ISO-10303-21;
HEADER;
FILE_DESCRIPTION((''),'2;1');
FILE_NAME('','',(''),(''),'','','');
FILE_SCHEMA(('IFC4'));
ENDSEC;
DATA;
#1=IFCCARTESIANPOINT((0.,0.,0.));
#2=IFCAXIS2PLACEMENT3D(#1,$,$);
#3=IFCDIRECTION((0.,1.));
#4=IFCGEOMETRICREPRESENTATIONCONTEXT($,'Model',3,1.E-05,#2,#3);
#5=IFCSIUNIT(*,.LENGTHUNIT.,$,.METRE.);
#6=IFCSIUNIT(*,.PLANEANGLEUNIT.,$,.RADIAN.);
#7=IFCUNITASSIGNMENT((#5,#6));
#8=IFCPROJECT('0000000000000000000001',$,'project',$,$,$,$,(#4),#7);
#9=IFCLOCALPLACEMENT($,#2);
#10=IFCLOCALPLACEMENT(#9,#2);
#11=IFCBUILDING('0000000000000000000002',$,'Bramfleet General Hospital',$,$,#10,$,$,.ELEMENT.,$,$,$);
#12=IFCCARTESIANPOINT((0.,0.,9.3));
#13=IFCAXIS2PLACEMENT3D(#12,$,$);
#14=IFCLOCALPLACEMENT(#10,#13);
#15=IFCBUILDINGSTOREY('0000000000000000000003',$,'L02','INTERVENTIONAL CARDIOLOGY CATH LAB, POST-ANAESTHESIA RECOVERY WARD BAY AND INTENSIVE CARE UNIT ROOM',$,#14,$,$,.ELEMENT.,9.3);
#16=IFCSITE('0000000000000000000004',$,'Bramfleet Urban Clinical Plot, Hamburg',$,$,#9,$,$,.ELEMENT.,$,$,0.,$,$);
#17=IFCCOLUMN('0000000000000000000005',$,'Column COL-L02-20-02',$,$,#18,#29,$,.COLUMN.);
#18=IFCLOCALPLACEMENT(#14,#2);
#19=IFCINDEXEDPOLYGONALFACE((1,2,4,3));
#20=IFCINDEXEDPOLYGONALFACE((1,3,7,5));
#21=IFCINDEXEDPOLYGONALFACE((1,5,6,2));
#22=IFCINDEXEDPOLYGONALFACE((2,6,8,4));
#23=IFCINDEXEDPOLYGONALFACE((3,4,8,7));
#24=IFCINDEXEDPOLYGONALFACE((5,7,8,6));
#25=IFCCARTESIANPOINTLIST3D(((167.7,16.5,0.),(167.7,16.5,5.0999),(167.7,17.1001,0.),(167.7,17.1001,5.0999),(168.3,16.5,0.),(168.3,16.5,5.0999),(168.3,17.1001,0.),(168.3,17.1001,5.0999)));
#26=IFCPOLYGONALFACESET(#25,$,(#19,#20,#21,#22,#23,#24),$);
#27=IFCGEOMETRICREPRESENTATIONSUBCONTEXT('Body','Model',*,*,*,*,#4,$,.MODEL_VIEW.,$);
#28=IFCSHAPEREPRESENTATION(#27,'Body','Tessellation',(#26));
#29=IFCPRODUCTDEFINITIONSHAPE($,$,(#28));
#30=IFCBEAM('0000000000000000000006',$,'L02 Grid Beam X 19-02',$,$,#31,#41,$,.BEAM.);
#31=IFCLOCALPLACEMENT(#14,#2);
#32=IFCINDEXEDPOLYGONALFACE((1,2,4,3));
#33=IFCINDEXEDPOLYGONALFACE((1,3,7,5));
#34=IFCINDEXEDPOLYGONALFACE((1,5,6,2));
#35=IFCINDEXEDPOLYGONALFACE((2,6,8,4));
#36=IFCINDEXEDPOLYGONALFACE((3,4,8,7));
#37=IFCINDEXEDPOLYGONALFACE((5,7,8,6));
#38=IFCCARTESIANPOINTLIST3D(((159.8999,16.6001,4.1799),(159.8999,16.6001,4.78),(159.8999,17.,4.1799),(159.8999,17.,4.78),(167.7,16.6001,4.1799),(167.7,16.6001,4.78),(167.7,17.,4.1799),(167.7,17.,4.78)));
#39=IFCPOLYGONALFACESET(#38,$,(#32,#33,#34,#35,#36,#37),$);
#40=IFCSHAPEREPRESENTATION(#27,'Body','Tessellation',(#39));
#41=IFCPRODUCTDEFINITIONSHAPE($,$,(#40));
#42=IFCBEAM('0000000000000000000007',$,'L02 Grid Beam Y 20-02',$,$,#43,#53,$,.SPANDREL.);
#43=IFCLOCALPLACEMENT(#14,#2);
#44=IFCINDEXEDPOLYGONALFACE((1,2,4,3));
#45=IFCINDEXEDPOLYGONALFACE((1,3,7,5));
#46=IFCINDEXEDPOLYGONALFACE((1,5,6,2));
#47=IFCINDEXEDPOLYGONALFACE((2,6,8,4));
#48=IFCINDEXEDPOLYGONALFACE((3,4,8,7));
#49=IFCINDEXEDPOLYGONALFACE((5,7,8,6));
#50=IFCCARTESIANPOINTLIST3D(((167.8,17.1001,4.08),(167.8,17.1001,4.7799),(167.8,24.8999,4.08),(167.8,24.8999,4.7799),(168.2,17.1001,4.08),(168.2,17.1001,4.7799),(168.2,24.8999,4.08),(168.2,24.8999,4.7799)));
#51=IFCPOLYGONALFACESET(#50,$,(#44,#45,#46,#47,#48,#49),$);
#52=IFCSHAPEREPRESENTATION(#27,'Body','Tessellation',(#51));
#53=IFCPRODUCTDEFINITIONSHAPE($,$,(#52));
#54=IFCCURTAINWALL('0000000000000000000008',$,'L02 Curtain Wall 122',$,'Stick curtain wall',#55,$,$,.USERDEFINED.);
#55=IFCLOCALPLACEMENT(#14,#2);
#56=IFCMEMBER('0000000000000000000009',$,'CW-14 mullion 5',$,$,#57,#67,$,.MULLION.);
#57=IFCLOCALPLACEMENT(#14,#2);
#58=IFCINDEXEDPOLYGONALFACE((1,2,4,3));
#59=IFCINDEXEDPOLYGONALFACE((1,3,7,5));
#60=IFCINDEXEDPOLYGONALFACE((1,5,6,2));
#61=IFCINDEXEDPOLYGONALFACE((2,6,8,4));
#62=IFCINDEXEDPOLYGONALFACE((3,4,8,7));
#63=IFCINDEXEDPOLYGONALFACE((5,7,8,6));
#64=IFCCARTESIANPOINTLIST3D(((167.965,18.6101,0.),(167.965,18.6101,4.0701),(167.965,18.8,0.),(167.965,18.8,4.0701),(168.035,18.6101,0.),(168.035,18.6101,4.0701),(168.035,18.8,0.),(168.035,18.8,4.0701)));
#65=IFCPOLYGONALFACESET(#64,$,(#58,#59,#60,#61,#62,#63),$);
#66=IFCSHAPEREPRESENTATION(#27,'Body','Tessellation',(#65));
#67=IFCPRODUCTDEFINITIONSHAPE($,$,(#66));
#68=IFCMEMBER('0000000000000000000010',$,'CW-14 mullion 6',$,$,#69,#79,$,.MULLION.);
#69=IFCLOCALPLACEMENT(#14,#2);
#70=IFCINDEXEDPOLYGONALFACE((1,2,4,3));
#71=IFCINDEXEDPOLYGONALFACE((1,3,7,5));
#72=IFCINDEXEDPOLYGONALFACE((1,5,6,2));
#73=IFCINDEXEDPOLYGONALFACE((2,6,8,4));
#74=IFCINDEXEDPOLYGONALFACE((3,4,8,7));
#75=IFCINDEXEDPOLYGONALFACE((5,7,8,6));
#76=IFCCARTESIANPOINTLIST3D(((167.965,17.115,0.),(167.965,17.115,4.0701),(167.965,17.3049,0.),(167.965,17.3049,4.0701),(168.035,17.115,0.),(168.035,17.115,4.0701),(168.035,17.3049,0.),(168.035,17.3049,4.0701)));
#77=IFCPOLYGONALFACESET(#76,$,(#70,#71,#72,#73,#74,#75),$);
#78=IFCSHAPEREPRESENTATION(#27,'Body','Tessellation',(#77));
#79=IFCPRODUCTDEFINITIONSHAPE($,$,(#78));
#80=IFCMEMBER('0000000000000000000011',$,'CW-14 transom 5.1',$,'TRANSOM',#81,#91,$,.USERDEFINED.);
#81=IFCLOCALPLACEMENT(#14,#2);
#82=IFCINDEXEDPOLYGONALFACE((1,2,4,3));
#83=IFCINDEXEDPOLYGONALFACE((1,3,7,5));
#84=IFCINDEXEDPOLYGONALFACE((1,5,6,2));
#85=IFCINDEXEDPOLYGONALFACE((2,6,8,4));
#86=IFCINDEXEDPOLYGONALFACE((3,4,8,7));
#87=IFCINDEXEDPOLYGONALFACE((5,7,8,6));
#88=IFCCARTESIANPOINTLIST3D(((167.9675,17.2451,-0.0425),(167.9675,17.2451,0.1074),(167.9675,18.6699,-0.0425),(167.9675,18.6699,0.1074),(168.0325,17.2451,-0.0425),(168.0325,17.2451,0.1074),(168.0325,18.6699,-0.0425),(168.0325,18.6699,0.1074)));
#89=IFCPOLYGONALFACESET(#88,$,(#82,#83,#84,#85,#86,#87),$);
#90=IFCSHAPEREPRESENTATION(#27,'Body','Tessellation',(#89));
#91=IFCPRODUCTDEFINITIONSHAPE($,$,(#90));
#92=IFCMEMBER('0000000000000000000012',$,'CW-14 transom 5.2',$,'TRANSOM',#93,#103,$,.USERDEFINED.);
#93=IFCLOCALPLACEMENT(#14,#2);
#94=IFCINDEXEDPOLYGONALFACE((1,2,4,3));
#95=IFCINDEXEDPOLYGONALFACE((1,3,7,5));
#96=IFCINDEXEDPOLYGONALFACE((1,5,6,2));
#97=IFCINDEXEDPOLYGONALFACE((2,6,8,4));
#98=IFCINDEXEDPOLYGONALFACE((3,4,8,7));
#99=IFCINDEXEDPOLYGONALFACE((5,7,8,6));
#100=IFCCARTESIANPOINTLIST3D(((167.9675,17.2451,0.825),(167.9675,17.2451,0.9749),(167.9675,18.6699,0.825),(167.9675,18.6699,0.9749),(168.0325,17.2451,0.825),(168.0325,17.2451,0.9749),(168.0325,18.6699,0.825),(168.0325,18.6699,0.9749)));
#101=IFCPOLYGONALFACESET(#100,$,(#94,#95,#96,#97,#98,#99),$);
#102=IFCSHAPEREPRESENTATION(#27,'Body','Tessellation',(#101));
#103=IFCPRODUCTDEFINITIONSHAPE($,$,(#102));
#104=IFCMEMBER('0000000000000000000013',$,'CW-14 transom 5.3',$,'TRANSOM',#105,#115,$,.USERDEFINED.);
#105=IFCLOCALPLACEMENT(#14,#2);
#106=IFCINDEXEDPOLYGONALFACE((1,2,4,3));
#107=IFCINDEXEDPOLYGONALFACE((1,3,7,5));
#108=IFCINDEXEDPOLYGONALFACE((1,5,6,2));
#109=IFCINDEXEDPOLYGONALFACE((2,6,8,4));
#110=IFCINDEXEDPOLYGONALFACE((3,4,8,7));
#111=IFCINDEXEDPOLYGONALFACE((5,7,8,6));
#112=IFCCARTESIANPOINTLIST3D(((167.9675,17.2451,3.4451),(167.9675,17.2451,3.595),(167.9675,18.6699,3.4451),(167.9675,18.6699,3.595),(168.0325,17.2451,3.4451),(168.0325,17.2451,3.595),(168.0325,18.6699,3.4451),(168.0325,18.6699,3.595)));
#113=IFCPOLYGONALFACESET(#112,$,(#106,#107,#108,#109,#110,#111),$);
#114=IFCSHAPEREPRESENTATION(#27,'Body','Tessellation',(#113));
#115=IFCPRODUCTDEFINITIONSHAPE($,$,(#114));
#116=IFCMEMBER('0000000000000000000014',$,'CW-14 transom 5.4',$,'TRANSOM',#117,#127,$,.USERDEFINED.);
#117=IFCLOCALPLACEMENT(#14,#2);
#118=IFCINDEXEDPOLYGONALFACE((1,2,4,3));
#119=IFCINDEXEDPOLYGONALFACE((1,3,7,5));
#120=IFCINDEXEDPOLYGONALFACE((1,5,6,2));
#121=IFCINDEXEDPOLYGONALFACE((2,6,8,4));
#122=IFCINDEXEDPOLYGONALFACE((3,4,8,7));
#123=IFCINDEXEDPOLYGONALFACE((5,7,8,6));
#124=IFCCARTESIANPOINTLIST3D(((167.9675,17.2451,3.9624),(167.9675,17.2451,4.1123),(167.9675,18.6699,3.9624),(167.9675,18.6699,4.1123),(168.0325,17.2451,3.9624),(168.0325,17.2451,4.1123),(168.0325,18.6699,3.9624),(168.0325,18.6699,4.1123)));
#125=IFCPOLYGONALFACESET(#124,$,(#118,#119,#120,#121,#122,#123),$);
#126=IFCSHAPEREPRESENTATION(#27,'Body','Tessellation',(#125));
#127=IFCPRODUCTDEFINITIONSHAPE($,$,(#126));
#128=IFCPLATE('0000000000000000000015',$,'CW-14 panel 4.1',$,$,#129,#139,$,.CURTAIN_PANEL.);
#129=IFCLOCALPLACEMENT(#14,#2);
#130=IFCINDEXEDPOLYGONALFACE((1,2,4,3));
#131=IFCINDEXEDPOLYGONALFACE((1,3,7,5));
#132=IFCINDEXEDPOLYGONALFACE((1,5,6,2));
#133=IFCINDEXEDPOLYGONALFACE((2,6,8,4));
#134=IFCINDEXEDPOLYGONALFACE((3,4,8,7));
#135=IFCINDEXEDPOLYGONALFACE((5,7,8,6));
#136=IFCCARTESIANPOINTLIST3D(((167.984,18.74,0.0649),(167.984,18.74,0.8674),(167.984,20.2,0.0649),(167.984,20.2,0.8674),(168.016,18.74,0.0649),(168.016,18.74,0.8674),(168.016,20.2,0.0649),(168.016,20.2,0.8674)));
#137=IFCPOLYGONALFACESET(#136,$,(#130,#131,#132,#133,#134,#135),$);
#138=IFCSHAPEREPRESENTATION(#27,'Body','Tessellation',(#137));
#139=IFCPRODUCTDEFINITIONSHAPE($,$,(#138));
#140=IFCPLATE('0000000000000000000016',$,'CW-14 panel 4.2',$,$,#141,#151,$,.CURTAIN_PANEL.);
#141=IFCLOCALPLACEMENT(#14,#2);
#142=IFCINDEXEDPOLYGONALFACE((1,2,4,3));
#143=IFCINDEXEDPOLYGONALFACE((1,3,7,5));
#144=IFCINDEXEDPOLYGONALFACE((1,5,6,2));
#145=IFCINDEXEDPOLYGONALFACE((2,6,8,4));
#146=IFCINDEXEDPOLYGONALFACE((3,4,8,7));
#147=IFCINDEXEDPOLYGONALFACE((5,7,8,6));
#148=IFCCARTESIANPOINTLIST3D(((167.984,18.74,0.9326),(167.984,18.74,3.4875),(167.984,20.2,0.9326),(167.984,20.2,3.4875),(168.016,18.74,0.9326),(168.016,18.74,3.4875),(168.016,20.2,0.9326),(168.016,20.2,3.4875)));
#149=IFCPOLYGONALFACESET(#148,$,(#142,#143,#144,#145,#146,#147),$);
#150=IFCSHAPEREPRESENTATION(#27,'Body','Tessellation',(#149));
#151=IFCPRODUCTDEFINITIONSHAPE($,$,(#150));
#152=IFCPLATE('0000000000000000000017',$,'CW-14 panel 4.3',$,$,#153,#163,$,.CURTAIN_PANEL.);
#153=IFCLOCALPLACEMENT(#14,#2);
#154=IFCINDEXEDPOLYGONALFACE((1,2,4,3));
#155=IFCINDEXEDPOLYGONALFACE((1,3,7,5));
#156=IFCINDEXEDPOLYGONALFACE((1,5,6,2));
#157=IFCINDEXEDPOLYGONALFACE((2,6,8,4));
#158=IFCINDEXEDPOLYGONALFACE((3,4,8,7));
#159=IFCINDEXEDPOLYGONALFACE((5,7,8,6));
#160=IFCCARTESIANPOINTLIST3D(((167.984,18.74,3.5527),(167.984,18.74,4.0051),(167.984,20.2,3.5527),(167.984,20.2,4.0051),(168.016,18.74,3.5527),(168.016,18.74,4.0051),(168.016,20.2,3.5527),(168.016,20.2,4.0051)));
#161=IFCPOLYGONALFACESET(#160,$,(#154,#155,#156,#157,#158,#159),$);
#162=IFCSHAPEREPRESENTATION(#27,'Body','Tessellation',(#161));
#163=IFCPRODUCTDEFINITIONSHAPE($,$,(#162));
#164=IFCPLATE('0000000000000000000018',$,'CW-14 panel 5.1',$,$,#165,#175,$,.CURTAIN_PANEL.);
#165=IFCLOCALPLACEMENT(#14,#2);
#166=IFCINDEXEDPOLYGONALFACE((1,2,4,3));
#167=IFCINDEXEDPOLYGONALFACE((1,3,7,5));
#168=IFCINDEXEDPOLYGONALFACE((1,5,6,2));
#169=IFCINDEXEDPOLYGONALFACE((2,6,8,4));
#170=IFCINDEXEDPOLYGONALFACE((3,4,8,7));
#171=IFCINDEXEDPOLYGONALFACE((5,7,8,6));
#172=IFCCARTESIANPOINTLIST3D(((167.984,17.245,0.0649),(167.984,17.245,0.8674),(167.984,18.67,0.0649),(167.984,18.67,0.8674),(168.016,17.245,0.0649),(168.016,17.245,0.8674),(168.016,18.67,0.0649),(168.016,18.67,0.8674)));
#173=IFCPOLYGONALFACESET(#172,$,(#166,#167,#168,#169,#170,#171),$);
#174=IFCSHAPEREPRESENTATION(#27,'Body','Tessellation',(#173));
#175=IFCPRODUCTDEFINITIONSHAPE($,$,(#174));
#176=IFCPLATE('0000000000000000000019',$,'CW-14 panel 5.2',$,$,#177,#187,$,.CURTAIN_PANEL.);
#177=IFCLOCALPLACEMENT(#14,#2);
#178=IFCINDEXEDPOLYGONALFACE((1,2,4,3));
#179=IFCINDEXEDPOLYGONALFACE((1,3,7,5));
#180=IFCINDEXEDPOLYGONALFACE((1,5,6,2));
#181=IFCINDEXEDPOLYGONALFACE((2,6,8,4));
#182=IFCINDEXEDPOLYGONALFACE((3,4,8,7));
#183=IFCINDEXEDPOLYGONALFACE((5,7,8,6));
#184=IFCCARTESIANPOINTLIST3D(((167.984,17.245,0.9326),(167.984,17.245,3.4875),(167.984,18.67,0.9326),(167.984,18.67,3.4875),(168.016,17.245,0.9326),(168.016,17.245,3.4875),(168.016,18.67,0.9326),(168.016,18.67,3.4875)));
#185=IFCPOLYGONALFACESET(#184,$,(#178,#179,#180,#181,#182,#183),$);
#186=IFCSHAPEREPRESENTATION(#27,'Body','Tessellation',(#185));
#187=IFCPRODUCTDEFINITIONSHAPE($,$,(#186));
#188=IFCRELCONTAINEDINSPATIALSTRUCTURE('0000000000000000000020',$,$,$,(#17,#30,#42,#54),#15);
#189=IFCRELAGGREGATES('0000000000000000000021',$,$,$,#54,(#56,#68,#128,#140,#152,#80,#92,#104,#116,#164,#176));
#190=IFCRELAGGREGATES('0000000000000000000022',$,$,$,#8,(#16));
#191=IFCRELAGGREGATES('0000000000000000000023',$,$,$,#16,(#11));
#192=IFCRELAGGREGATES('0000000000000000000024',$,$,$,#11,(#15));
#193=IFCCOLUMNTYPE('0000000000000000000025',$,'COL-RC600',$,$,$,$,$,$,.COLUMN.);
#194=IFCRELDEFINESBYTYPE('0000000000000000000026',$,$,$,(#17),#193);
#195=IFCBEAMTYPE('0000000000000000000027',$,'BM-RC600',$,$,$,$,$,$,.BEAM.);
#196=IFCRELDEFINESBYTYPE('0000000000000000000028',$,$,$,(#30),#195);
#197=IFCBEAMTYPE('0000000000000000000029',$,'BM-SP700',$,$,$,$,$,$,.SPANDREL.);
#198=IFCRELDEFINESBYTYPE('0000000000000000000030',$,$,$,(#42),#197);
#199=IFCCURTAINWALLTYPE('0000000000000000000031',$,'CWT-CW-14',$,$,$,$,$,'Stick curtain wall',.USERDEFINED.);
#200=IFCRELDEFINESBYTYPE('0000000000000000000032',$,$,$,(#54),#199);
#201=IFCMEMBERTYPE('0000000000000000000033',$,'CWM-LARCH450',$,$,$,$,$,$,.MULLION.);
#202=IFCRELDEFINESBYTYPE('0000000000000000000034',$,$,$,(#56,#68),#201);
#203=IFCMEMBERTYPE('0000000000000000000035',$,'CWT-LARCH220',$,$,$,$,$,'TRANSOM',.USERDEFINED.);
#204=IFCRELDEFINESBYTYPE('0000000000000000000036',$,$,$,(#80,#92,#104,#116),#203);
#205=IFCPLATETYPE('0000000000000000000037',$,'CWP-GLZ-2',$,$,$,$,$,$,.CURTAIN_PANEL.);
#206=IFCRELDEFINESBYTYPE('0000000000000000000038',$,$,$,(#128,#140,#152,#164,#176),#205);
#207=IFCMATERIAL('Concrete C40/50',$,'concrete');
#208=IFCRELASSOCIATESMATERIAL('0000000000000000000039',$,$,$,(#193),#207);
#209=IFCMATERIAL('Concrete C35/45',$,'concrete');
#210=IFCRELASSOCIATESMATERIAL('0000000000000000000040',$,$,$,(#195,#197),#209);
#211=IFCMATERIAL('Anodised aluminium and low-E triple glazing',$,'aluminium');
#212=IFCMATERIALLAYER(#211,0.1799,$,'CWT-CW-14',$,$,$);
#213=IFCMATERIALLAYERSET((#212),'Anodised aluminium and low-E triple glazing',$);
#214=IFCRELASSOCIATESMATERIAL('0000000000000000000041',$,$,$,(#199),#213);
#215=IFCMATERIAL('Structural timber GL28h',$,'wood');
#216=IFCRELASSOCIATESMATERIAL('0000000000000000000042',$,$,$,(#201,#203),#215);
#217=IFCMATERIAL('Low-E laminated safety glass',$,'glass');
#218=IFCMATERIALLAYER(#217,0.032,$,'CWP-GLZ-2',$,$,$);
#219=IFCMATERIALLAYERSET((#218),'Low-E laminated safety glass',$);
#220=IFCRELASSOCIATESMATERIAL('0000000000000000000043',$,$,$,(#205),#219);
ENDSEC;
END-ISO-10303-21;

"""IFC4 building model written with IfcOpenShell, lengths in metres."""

from ifc_helpers import new_model, si_unit, direction, frame, origin, origin_2d, place, context, subcontext, project, spatial, rectangle, extrude, material, layer, layer_set, material_profile, profile_set, type_object, element, aggregate, save


model = new_model("IFC4")

# Units and contexts
model_context = context("Model", 3, precision=1e-05, world=origin(), true_north=direction((0.0, 1.0)))
body_context = subcontext(model_context, "Body", "Model", "MODEL_VIEW")
ifc_project = project(units=[si_unit("LENGTHUNIT", "METRE"), si_unit("PLANEANGLEUNIT", "RADIAN")], contexts=[model_context])

# Site, building, storey
site_placement = place(None, origin())
site = spatial("IfcSite", under=ifc_project, at=site_placement, Name="Bramfleet Urban Clinical Plot, Hamburg", CompositionType="ELEMENT", RefElevation=0.0)
building_placement = place(site_placement, origin())
building = spatial("IfcBuilding", under=site, at=building_placement, Name="Bramfleet General Hospital", CompositionType="ELEMENT")
storey_placement = place(building_placement, frame((0.0, 0.0, 9.3)))
storey = spatial("IfcBuildingStorey", under=building, at=storey_placement, Name="L02", Description="INTERVENTIONAL CARDIOLOGY CATH LAB, POST-ANAESTHESIA RECOVERY WARD BAY AND INTENSIVE CARE UNIT ROOM", CompositionType="ELEMENT", Elevation=9.3)

# Column
ifc_material_1 = material(Name="Concrete C40/50", Category="concrete")
ifc_material_profile_1 = material_profile(ifc_material_1, rectangle(XDim=0.6001, YDim=0.6001, at=origin_2d()), Name="RC COL 600x600")
ifc_profile_set_1 = profile_set([ifc_material_profile_1], Name="Concrete C40/50")
column_type = type_object("IfcColumnType", Name="COL-RC600", PredefinedType="COLUMN", material=ifc_profile_set_1)
column_placement = place(storey_placement, frame((168.0, 16.8, 0.0), z_axis=(0.0, 0.0, 1.0), x_axis=(1.0, 0.0, 0.0)))
element("IfcColumn", 1, at=column_placement, inside=storey, type_object=column_type, Name="Column COL-L02-20-02", PredefinedType="COLUMN", context=body_context, shape_type="SweptSolid", body=[
    extrude(rectangle(XDim=0.6001, YDim=0.6001, at=origin_2d()), origin(), (0.0, 0.0, 1.0), 5.0999),
])

# Beams
ifc_material_2 = material(Name="Concrete C35/45", Category="concrete")
ifc_material_profile_2 = material_profile(ifc_material_2, rectangle(XDim=0.3999, YDim=0.6001, at=origin_2d()), Name="RC BM 600x400")
ifc_profile_set_2 = profile_set([ifc_material_profile_2], Name="Concrete C35/45")
beam_type_1 = type_object("IfcBeamType", Name="BM-RC600", PredefinedType="BEAM", material=ifc_profile_set_2)
beam_1_placement = place(storey_placement, frame((159.8999, 16.8, 4.48), z_axis=(1.0, 0.0, 0.0), x_axis=(0.0, 1.0, 0.0)))
element("IfcBeam", 2, at=beam_1_placement, inside=storey, type_object=beam_type_1, Name="L02 Grid Beam X 19-02", PredefinedType="BEAM", context=body_context, shape_type="SweptSolid", body=[
    extrude(rectangle(XDim=0.3999, YDim=0.6001, at=origin_2d()), origin(), (0.0, 0.0, 1.0), 7.8),
])
ifc_material_profile_3 = material_profile(ifc_material_2, rectangle(XDim=0.3999, YDim=0.7, at=origin_2d()), Name="RC SP 700x400")
ifc_profile_set_3 = profile_set([ifc_material_profile_3], Name="Concrete C35/45")
beam_type_2 = type_object("IfcBeamType", Name="BM-SP700", PredefinedType="SPANDREL", material=ifc_profile_set_3)
beam_2_placement = place(storey_placement, frame((168.0, 17.1001, 4.4299), z_axis=(0.0, 1.0, 0.0), x_axis=(-1.0, 0.0, 0.0)))
element("IfcBeam", 3, at=beam_2_placement, inside=storey, type_object=beam_type_2, Name="L02 Grid Beam Y 20-02", PredefinedType="SPANDREL", context=body_context, shape_type="SweptSolid", body=[
    extrude(rectangle(XDim=0.3999, YDim=0.7, at=origin_2d()), origin(), (0.0, 0.0, 1.0), 7.7998),
])

# Curtain wall, members, plates
ifc_material_3 = material(Name="Anodised aluminium and low-E triple glazing", Category="aluminium")
ifc_layer_1 = layer(ifc_material_3, 0.1799, Name="CWT-CW-14")
ifc_layer_set_1 = layer_set([ifc_layer_1], Name="Anodised aluminium and low-E triple glazing")
curtain_wall_type = type_object("IfcCurtainWallType", Name="CWT-CW-14", ElementType="Stick curtain wall", PredefinedType="USERDEFINED", material=ifc_layer_set_1)
curtain_wall_placement = place(storey_placement, origin())
curtain_wall = element("IfcCurtainWall", 4, at=curtain_wall_placement, inside=storey, type_object=curtain_wall_type, Name="L02 Curtain Wall 122", ObjectType="Stick curtain wall", PredefinedType="USERDEFINED")
ifc_material_4 = material(Name="Structural timber GL28h", Category="wood")
ifc_material_profile_4 = material_profile(ifc_material_4, rectangle(XDim=0.0701, YDim=0.1899, at=origin_2d()), Name="LARCH 190x70")
ifc_profile_set_4 = profile_set([ifc_material_profile_4], Name="Structural timber GL28h")
member_type_1 = type_object("IfcMemberType", Name="CWM-LARCH450", PredefinedType="MULLION", material=ifc_profile_set_4)
member_1_placement = place(storey_placement, frame((168.0, 18.7051, 0.0), z_axis=(0.0, 0.0, 1.0), x_axis=(1.0, 0.0, 0.0)))
member_1 = element("IfcMember", 5, at=member_1_placement, type_object=member_type_1, Name="CW-14 mullion 5", PredefinedType="MULLION", context=body_context, shape_type="SweptSolid", body=[
    extrude(rectangle(XDim=0.0701, YDim=0.1899, at=origin_2d()), origin(), (0.0, 0.0, 1.0), 4.0701),
])
member_2_placement = place(storey_placement, frame((168.0, 17.21, 0.0), z_axis=(0.0, 0.0, 1.0), x_axis=(1.0, 0.0, 0.0)))
member_2 = element("IfcMember", 6, at=member_2_placement, type_object=member_type_1, Name="CW-14 mullion 6", PredefinedType="MULLION", context=body_context, shape_type="SweptSolid", body=[
    extrude(rectangle(XDim=0.0701, YDim=0.1899, at=origin_2d()), origin(), (0.0, 0.0, 1.0), 4.0701),
])
ifc_material_profile_5 = material_profile(ifc_material_4, rectangle(XDim=0.0649, YDim=0.1499, at=origin_2d()), Name="LARCH 150x65")
ifc_profile_set_5 = profile_set([ifc_material_profile_5], Name="Structural timber GL28h")
member_type_2 = type_object("IfcMemberType", Name="CWT-LARCH220", ElementType="TRANSOM", PredefinedType="USERDEFINED", material=ifc_profile_set_5)
member_3_placement = place(storey_placement, frame((168.0, 18.6699, 0.0325), z_axis=(0.0, -1.0, 0.0), x_axis=(1.0, 0.0, 0.0)))
member_3 = element("IfcMember", 7, at=member_3_placement, type_object=member_type_2, Name="CW-14 transom 5.1", ObjectType="TRANSOM", PredefinedType="USERDEFINED", context=body_context, shape_type="SweptSolid", body=[
    extrude(rectangle(XDim=0.0649, YDim=0.1499, at=origin_2d()), origin(), (0.0, 0.0, 1.0), 1.4248),
])
member_4_placement = place(storey_placement, frame((168.0, 18.6699, 0.8999), z_axis=(0.0, -1.0, 0.0), x_axis=(1.0, 0.0, 0.0)))
member_4 = element("IfcMember", 8, at=member_4_placement, type_object=member_type_2, Name="CW-14 transom 5.2", ObjectType="TRANSOM", PredefinedType="USERDEFINED", context=body_context, shape_type="SweptSolid", body=[
    extrude(rectangle(XDim=0.0649, YDim=0.1499, at=origin_2d()), origin(), (0.0, 0.0, 1.0), 1.4248),
])
member_5_placement = place(storey_placement, frame((168.0, 18.6699, 3.52), z_axis=(0.0, -1.0, 0.0), x_axis=(1.0, 0.0, 0.0)))
member_5 = element("IfcMember", 9, at=member_5_placement, type_object=member_type_2, Name="CW-14 transom 5.3", ObjectType="TRANSOM", PredefinedType="USERDEFINED", context=body_context, shape_type="SweptSolid", body=[
    extrude(rectangle(XDim=0.0649, YDim=0.1499, at=origin_2d()), origin(), (0.0, 0.0, 1.0), 1.4248),
])
member_6_placement = place(storey_placement, frame((168.0, 18.6699, 4.0374), z_axis=(0.0, -1.0, 0.0), x_axis=(1.0, 0.0, 0.0)))
member_6 = element("IfcMember", 10, at=member_6_placement, type_object=member_type_2, Name="CW-14 transom 5.4", ObjectType="TRANSOM", PredefinedType="USERDEFINED", context=body_context, shape_type="SweptSolid", body=[
    extrude(rectangle(XDim=0.0649, YDim=0.1499, at=origin_2d()), origin(), (0.0, 0.0, 1.0), 1.4248),
])
ifc_material_5 = material(Name="Low-E laminated safety glass", Category="glass")
ifc_layer_2 = layer(ifc_material_5, 0.032, Name="CWP-GLZ-2")
ifc_layer_set_2 = layer_set([ifc_layer_2], Name="Low-E laminated safety glass")
plate_type = type_object("IfcPlateType", Name="CWP-GLZ-2", PredefinedType="CURTAIN_PANEL", material=ifc_layer_set_2)
plate_1_placement = place(storey_placement, frame((168.0, 19.47, 0.0649), z_axis=(0.0, 0.0, 1.0), x_axis=(0.0, -1.0, 0.0)))
plate_1 = element("IfcPlate", 11, at=plate_1_placement, type_object=plate_type, Name="CW-14 panel 4.1", PredefinedType="CURTAIN_PANEL", context=body_context, shape_type="SweptSolid", body=[
    extrude(rectangle(XDim=1.46, YDim=0.032, at=origin_2d()), origin(), (0.0, 0.0, 1.0), 0.8025),
])
plate_2_placement = place(storey_placement, frame((168.0, 19.47, 0.9326), z_axis=(0.0, 0.0, 1.0), x_axis=(0.0, -1.0, 0.0)))
plate_2 = element("IfcPlate", 12, at=plate_2_placement, type_object=plate_type, Name="CW-14 panel 4.2", PredefinedType="CURTAIN_PANEL", context=body_context, shape_type="SweptSolid", body=[
    extrude(rectangle(XDim=1.46, YDim=0.032, at=origin_2d()), origin(), (0.0, 0.0, 1.0), 2.5549),
])
plate_3_placement = place(storey_placement, frame((168.0, 19.47, 3.5527), z_axis=(0.0, 0.0, 1.0), x_axis=(0.0, -1.0, 0.0)))
plate_3 = element("IfcPlate", 13, at=plate_3_placement, type_object=plate_type, Name="CW-14 panel 4.3", PredefinedType="CURTAIN_PANEL", context=body_context, shape_type="SweptSolid", body=[
    extrude(rectangle(XDim=1.46, YDim=0.032, at=origin_2d()), origin(), (0.0, 0.0, 1.0), 0.4524),
])
plate_4_placement = place(storey_placement, frame((168.0, 17.9575, 0.0649), z_axis=(0.0, 0.0, 1.0), x_axis=(0.0, -1.0, 0.0)))
plate_4 = element("IfcPlate", 14, at=plate_4_placement, type_object=plate_type, Name="CW-14 panel 5.1", PredefinedType="CURTAIN_PANEL", context=body_context, shape_type="SweptSolid", body=[
    extrude(rectangle(XDim=1.425, YDim=0.032, at=origin_2d()), origin(), (0.0, 0.0, 1.0), 0.8025),
])
plate_5_placement = place(storey_placement, frame((168.0, 17.9575, 0.9326), z_axis=(0.0, 0.0, 1.0), x_axis=(0.0, -1.0, 0.0)))
plate_5 = element("IfcPlate", 15, at=plate_5_placement, type_object=plate_type, Name="CW-14 panel 5.2", PredefinedType="CURTAIN_PANEL", context=body_context, shape_type="SweptSolid", body=[
    extrude(rectangle(XDim=1.425, YDim=0.032, at=origin_2d()), origin(), (0.0, 0.0, 1.0), 2.5549),
])
aggregate(curtain_wall, [member_1, member_2, plate_1, plate_2, plate_3, member_3, member_4, member_5, member_6, plate_4, plate_5])

save(model, "model.ifc")
